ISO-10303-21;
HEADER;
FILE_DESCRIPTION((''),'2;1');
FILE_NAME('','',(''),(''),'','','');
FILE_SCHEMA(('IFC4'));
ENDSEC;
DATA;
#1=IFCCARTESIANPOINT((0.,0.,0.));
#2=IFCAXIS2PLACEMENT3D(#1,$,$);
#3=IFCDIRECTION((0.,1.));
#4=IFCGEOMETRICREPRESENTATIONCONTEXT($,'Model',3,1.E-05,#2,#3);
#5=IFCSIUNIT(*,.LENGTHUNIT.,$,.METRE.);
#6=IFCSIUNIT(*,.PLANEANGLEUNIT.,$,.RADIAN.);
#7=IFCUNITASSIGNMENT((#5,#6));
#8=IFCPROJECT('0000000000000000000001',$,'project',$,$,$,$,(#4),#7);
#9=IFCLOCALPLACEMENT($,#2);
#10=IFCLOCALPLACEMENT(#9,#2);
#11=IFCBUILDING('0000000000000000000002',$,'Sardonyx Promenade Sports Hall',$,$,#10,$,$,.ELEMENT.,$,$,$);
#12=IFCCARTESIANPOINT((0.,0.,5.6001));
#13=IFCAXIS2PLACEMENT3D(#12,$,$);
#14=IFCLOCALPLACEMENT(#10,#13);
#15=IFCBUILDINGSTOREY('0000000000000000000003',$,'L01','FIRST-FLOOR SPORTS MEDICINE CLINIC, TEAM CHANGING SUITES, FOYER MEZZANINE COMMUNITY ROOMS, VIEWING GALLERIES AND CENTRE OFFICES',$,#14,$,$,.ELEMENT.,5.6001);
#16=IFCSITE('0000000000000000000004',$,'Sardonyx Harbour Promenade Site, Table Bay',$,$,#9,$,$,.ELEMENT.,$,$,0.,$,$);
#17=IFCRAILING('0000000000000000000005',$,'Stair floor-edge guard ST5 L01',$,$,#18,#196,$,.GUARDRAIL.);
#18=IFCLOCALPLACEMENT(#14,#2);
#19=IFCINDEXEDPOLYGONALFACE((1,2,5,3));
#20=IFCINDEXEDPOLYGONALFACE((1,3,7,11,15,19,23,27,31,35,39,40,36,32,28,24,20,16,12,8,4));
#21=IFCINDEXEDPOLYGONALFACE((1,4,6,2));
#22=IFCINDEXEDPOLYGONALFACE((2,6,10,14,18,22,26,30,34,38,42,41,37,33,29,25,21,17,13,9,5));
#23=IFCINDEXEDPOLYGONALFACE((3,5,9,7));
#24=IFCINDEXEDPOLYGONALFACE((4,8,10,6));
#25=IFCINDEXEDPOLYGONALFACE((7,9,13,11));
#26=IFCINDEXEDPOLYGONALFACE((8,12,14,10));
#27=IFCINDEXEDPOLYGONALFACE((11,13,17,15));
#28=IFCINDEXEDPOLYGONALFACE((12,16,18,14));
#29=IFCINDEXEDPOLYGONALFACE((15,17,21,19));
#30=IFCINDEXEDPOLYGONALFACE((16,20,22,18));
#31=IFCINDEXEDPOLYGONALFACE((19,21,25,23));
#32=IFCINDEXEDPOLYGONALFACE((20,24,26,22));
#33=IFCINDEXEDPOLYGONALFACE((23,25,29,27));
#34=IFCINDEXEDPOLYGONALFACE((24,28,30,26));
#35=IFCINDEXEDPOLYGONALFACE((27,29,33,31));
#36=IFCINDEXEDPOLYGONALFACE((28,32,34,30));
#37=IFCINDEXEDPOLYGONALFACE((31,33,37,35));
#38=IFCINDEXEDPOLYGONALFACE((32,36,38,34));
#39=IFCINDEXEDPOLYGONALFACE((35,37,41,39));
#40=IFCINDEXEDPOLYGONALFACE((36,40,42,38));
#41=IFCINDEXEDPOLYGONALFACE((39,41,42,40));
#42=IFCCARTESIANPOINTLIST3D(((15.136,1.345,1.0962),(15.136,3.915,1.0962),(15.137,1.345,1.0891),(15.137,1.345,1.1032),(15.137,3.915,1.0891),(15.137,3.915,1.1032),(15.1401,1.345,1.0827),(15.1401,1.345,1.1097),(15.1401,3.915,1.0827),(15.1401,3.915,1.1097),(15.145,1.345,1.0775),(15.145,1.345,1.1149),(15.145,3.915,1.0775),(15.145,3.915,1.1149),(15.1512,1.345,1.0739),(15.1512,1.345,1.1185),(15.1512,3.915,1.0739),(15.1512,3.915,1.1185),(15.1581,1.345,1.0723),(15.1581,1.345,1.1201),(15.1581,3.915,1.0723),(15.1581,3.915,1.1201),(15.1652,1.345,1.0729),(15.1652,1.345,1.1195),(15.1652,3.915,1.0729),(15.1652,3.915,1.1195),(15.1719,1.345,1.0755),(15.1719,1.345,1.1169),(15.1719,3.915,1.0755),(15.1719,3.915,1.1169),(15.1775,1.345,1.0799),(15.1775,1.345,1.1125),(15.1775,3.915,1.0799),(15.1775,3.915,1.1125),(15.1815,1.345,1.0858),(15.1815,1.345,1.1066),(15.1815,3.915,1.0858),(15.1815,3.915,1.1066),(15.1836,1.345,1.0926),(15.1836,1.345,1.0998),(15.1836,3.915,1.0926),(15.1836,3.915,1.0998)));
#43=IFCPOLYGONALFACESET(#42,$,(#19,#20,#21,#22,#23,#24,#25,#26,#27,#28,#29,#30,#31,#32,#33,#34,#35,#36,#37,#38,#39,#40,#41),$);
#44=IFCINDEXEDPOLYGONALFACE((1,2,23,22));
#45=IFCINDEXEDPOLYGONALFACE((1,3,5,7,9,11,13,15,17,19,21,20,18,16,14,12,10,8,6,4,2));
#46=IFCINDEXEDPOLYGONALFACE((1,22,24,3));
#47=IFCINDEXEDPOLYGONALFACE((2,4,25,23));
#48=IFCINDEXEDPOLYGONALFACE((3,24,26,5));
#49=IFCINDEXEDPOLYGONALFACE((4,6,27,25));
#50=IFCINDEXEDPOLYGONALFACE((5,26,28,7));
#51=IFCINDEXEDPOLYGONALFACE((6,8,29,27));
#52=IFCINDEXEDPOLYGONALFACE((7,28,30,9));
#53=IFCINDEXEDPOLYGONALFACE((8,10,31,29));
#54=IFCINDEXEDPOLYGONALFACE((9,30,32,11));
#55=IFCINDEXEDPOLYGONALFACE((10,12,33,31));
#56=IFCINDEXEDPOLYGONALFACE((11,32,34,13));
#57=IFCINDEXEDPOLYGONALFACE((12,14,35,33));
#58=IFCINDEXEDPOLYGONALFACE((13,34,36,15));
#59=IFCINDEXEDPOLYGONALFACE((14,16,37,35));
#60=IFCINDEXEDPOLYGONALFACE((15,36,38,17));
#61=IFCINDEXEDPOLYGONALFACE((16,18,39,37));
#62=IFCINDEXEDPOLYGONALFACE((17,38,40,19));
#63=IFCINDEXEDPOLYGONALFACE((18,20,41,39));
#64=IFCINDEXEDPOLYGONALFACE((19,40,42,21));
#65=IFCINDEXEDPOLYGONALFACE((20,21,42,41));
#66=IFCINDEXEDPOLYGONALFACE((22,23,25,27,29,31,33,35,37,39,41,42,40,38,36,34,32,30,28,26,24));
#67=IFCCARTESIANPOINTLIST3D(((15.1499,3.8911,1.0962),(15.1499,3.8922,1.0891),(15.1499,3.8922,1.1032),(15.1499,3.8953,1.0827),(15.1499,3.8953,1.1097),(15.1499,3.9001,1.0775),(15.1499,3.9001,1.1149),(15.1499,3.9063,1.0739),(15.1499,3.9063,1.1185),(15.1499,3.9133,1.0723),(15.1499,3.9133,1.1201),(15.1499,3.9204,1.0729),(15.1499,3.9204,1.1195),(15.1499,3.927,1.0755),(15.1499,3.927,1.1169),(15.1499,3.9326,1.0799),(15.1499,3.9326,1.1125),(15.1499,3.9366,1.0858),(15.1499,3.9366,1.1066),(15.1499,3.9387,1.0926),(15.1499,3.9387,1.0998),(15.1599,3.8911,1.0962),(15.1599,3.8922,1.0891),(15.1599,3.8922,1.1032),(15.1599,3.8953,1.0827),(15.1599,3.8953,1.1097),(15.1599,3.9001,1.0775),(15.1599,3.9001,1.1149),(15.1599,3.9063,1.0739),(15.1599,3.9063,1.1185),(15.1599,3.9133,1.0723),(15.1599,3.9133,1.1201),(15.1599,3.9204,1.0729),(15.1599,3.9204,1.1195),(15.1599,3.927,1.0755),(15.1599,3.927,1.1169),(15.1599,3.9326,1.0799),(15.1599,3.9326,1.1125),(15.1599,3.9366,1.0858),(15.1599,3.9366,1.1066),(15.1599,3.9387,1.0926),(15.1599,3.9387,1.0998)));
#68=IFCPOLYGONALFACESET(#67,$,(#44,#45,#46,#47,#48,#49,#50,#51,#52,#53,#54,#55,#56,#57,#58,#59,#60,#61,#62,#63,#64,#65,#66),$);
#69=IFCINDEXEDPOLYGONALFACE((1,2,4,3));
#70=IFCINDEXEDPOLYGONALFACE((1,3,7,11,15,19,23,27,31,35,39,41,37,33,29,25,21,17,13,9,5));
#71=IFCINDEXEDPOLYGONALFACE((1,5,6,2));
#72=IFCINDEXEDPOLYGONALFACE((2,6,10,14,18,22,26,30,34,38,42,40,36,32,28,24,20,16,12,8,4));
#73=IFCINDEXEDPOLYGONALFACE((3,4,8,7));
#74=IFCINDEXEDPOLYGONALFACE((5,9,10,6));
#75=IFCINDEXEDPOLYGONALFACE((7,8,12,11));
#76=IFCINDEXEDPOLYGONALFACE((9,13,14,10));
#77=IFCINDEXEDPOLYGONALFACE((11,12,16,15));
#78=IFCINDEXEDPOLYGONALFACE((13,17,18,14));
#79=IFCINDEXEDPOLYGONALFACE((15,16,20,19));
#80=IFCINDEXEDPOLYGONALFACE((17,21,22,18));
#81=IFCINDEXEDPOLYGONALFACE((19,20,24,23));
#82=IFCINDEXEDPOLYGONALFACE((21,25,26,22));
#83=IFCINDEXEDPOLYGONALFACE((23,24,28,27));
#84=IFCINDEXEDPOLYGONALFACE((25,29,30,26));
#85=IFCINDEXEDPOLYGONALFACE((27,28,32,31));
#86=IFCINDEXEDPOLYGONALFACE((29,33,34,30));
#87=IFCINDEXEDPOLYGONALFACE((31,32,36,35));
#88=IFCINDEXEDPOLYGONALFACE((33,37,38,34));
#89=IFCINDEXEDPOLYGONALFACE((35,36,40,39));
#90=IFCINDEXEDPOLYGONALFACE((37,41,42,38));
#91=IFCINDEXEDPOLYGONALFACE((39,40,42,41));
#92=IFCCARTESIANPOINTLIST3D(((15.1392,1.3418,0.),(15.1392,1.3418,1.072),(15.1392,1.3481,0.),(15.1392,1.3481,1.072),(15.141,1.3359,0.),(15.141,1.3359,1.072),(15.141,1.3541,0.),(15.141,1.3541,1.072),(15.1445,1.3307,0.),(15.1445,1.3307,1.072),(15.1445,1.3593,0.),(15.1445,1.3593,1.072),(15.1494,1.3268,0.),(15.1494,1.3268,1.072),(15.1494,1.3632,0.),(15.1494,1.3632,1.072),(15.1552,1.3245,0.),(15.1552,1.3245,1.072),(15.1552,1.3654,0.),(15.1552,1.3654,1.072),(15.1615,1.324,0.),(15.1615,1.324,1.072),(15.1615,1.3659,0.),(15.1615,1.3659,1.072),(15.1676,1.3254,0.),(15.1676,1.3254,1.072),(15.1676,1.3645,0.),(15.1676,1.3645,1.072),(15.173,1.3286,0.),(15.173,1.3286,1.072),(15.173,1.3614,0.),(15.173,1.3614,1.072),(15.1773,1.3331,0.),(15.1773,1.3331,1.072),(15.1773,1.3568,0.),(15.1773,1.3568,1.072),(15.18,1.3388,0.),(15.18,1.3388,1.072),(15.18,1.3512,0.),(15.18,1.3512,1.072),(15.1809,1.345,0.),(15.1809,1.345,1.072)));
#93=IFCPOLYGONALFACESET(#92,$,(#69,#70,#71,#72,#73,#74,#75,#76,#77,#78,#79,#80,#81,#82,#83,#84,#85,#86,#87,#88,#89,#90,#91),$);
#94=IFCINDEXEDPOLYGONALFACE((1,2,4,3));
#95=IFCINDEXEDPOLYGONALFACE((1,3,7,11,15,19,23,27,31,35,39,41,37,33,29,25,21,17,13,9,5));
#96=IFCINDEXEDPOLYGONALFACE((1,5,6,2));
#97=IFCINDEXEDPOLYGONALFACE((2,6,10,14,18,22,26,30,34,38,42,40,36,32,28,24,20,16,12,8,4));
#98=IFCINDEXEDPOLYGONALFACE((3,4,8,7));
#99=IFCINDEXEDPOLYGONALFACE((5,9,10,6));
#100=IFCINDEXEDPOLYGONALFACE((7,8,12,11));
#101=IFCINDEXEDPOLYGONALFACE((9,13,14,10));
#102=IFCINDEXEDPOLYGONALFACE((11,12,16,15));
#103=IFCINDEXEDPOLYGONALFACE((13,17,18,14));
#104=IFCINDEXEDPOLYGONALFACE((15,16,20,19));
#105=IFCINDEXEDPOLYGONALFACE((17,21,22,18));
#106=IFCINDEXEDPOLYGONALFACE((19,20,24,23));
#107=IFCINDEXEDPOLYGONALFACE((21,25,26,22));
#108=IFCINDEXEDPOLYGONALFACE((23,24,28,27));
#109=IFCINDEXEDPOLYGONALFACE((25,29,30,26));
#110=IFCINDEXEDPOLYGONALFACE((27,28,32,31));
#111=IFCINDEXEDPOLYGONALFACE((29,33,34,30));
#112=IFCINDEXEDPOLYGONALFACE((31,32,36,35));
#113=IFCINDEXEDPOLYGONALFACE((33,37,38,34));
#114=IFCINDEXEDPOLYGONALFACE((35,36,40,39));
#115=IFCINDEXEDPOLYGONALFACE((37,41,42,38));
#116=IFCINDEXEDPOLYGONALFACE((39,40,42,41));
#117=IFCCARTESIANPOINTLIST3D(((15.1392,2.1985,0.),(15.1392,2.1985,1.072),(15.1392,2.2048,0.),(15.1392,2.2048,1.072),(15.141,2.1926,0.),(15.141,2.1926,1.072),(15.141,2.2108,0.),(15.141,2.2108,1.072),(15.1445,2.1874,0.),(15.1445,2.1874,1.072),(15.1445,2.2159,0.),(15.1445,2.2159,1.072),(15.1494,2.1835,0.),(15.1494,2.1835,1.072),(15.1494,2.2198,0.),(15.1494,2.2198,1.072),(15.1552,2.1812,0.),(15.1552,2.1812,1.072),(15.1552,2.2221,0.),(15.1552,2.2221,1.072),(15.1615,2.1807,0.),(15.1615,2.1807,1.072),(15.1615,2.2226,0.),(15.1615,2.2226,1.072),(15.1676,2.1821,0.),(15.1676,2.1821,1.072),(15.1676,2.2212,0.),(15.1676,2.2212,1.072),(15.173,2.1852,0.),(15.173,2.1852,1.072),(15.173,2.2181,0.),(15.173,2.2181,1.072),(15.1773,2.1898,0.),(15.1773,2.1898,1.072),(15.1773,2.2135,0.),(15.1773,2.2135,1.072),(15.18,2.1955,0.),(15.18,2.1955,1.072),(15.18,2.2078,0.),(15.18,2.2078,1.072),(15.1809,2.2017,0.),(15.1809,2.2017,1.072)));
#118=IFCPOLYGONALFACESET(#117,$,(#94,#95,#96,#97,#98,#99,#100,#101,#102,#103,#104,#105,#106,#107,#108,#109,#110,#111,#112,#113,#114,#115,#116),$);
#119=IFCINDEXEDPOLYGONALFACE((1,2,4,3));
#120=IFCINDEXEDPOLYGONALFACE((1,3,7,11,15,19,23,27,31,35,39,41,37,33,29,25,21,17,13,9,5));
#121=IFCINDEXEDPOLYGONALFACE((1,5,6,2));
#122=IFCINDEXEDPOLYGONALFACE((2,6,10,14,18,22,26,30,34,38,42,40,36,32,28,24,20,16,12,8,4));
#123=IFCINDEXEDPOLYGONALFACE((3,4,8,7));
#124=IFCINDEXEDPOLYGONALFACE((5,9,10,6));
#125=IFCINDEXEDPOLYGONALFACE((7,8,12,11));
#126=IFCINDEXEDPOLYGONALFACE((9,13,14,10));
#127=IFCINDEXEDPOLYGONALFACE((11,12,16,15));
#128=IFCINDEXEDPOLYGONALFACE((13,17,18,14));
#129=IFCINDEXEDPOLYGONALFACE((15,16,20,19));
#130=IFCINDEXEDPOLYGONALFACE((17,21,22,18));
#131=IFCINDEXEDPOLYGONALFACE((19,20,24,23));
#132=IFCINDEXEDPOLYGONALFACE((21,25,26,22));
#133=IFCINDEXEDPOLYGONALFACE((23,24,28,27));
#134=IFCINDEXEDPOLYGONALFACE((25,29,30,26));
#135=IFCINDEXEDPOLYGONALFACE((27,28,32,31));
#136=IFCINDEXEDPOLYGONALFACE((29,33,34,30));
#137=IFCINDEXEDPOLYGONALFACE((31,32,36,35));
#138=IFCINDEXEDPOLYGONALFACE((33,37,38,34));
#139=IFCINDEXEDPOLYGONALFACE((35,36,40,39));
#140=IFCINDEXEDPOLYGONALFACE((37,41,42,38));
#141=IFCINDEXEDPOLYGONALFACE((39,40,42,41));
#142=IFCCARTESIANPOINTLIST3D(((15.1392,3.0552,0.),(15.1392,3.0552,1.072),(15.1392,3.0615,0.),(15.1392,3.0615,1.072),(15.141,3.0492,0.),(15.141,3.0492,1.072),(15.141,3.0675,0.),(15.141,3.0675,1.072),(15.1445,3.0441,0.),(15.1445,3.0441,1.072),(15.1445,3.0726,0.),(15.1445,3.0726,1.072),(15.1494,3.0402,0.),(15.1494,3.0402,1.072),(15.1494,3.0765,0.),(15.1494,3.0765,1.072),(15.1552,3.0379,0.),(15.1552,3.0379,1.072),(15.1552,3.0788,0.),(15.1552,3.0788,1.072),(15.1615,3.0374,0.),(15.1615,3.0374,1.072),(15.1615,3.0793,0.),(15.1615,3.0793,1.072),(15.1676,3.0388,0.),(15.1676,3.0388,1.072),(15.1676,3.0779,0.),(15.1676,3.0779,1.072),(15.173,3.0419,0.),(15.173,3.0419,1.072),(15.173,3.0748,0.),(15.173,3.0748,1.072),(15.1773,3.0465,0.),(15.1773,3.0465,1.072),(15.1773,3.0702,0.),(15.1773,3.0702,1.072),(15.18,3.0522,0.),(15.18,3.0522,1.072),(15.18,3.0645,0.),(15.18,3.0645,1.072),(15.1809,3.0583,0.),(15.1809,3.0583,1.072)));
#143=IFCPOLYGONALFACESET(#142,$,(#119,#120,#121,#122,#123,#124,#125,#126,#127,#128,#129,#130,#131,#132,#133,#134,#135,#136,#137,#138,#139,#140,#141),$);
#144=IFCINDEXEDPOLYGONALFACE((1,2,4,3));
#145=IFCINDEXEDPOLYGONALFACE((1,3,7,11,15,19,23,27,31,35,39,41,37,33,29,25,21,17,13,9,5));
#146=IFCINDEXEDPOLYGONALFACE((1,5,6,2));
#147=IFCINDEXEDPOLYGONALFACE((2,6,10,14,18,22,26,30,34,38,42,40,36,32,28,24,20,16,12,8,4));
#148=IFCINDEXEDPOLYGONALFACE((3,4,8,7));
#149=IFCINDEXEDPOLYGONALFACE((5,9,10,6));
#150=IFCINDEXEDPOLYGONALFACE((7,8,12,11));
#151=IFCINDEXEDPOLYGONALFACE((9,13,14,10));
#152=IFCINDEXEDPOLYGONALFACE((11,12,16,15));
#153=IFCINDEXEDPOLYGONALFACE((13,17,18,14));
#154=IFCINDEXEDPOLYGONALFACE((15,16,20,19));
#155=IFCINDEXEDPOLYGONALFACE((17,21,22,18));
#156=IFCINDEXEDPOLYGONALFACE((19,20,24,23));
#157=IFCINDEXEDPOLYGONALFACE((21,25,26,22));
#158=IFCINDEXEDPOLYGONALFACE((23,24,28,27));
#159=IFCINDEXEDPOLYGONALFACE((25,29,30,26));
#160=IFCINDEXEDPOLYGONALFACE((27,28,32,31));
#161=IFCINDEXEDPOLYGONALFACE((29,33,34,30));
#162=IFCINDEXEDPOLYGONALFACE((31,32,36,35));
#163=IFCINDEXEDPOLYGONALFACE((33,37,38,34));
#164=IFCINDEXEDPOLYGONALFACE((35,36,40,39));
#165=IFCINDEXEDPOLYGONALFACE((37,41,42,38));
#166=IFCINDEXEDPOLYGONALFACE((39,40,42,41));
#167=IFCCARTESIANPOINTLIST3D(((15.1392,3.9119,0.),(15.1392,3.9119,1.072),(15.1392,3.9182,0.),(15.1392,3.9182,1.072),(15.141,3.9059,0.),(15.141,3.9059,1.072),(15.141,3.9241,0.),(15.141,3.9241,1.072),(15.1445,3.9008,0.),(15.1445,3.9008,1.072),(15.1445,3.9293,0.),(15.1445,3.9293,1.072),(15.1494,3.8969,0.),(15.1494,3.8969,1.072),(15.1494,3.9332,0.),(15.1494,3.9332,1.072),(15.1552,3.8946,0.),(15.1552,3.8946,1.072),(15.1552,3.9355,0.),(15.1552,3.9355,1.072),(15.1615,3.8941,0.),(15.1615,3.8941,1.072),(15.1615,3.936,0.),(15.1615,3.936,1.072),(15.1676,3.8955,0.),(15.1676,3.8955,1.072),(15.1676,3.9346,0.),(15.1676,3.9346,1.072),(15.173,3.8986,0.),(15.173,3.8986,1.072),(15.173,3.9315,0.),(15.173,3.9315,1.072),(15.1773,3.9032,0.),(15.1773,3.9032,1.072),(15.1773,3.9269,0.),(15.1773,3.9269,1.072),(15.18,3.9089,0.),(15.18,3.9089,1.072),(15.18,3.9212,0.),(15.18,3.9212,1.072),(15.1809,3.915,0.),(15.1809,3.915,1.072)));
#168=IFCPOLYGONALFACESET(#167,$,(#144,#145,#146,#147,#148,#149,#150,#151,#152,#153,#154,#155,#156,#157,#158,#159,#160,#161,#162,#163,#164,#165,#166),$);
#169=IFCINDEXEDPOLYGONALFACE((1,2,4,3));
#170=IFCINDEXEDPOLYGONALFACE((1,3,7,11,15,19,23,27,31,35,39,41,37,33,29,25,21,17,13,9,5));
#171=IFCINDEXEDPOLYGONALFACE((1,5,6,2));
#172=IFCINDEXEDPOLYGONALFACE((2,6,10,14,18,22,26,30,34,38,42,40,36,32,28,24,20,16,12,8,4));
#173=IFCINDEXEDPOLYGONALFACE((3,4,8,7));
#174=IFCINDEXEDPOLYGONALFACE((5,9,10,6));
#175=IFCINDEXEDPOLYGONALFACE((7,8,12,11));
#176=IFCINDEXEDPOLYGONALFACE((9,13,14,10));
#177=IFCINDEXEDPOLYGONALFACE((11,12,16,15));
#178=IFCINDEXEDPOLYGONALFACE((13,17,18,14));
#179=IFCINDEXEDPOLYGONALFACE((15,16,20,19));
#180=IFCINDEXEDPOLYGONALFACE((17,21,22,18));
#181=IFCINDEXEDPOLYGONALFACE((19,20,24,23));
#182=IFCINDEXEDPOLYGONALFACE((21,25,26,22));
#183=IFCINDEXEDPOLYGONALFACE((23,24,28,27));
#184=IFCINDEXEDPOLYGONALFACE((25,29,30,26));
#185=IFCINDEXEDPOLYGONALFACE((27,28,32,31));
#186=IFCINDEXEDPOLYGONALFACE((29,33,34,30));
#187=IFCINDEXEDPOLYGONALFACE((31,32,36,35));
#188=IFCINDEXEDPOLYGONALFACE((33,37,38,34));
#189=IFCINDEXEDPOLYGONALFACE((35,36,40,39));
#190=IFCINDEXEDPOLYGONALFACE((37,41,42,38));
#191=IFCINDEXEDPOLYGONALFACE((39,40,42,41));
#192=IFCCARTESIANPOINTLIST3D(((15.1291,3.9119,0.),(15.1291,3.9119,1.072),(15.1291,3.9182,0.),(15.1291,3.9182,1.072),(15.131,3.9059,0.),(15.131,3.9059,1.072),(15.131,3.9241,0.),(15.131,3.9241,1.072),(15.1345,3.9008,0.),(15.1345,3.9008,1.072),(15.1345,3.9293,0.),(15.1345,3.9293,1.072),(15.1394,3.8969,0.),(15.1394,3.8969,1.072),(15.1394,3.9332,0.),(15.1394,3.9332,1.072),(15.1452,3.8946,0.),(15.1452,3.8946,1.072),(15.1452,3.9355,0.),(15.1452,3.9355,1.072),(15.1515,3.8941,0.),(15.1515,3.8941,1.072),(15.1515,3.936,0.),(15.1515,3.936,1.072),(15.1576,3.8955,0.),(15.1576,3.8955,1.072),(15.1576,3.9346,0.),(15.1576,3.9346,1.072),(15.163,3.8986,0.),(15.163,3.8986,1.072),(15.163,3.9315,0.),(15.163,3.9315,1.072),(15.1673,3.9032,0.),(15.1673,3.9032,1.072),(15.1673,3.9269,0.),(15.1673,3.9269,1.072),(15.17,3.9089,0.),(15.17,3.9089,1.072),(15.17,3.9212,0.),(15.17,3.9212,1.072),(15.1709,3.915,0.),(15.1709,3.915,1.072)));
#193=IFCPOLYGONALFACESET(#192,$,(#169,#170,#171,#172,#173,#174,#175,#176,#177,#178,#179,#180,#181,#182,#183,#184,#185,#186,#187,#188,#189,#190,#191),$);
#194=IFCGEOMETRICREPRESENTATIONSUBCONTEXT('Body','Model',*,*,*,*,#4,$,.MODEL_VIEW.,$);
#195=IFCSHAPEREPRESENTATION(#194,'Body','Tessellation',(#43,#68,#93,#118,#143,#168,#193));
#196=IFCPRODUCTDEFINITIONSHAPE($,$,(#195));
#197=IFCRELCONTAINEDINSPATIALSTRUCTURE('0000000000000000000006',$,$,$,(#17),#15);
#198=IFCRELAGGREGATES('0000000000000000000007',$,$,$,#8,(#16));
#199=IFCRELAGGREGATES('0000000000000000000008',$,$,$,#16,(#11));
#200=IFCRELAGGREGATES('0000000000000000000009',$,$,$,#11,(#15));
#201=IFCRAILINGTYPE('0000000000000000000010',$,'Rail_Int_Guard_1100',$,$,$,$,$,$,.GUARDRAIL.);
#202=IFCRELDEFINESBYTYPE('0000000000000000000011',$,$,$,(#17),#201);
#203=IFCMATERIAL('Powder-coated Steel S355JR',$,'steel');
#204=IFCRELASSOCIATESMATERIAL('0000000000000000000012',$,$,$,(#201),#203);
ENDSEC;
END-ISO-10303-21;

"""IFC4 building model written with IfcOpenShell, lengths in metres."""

from ifc_helpers import new_model, si_unit, direction, frame, origin, origin_2d, place, context, subcontext, project, spatial, circle, extrude, material, type_object, element, save


model = new_model("IFC4")

# Units and contexts
model_context = context("Model", 3, precision=1e-05, world=origin(), true_north=direction((0.0, 1.0)))
body_context = subcontext(model_context, "Body", "Model", "MODEL_VIEW")
ifc_project = project(units=[si_unit("LENGTHUNIT", "METRE"), si_unit("PLANEANGLEUNIT", "RADIAN")], contexts=[model_context])

# Site, building, storey
site_placement = place(None, origin())
site = spatial("IfcSite", under=ifc_project, at=site_placement, Name="Sardonyx Harbour Promenade Site, Table Bay", CompositionType="ELEMENT", RefElevation=0.0)
building_placement = place(site_placement, origin())
building = spatial("IfcBuilding", under=site, at=building_placement, Name="Sardonyx Promenade Sports Hall", CompositionType="ELEMENT")
storey_placement = place(building_placement, frame((0.0, 0.0, 5.6001)))
storey = spatial("IfcBuildingStorey", under=building, at=storey_placement, Name="L01", Description="FIRST-FLOOR SPORTS MEDICINE CLINIC, TEAM CHANGING SUITES, FOYER MEZZANINE COMMUNITY ROOMS, VIEWING GALLERIES AND CENTRE OFFICES", CompositionType="ELEMENT", Elevation=5.6001)

# Railing
ifc_material_1 = material(Name="Powder-coated Steel S355JR", Category="steel")
railing_type_1 = type_object("IfcRailingType", Name="Rail_Int_Guard_1100", PredefinedType="GUARDRAIL", material=ifc_material_1)
railing_1_placement = place(storey_placement, frame((15.1599, 1.345, 0.0)))
element("IfcRailing", 1, at=railing_1_placement, inside=storey, type_object=railing_type_1, Name="Stair floor-edge guard ST5 L01", PredefinedType="GUARDRAIL", context=body_context, shape_type="SweptSolid", body=[
    extrude(circle(Radius=0.0239, at=origin_2d()), frame((0.0, 0.0, 1.0962), z_axis=(0.0, 1.0, 0.0), x_axis=(-1.0, 0.0, 0.0)), (0.0, 0.0, 1.0), 2.5701),
    extrude(circle(Radius=0.0239, at=origin_2d()), frame((0.0, 2.5701, 1.0962), z_axis=(-1.0, 0.0, 0.0), x_axis=(0.0, -1.0, 0.0)), (0.0, 0.0, 1.0), 0.01),
    extrude(circle(Radius=0.021, at=origin_2d()), origin(), (0.0, 0.0, 1.0), 1.072),
    extrude(circle(Radius=0.021, at=origin_2d()), frame((0.0, 0.8567, 0.0)), (0.0, 0.0, 1.0), 1.072),
    extrude(circle(Radius=0.021, at=origin_2d()), frame((0.0, 1.7134, 0.0)), (0.0, 0.0, 1.0), 1.072),
    extrude(circle(Radius=0.021, at=origin_2d()), frame((0.0, 2.5701, 0.0)), (0.0, 0.0, 1.0), 1.072),
    extrude(circle(Radius=0.021, at=origin_2d()), frame((-0.01, 2.5701, 0.0)), (0.0, 0.0, 1.0), 1.072),
])

save(model, "model.ifc")
